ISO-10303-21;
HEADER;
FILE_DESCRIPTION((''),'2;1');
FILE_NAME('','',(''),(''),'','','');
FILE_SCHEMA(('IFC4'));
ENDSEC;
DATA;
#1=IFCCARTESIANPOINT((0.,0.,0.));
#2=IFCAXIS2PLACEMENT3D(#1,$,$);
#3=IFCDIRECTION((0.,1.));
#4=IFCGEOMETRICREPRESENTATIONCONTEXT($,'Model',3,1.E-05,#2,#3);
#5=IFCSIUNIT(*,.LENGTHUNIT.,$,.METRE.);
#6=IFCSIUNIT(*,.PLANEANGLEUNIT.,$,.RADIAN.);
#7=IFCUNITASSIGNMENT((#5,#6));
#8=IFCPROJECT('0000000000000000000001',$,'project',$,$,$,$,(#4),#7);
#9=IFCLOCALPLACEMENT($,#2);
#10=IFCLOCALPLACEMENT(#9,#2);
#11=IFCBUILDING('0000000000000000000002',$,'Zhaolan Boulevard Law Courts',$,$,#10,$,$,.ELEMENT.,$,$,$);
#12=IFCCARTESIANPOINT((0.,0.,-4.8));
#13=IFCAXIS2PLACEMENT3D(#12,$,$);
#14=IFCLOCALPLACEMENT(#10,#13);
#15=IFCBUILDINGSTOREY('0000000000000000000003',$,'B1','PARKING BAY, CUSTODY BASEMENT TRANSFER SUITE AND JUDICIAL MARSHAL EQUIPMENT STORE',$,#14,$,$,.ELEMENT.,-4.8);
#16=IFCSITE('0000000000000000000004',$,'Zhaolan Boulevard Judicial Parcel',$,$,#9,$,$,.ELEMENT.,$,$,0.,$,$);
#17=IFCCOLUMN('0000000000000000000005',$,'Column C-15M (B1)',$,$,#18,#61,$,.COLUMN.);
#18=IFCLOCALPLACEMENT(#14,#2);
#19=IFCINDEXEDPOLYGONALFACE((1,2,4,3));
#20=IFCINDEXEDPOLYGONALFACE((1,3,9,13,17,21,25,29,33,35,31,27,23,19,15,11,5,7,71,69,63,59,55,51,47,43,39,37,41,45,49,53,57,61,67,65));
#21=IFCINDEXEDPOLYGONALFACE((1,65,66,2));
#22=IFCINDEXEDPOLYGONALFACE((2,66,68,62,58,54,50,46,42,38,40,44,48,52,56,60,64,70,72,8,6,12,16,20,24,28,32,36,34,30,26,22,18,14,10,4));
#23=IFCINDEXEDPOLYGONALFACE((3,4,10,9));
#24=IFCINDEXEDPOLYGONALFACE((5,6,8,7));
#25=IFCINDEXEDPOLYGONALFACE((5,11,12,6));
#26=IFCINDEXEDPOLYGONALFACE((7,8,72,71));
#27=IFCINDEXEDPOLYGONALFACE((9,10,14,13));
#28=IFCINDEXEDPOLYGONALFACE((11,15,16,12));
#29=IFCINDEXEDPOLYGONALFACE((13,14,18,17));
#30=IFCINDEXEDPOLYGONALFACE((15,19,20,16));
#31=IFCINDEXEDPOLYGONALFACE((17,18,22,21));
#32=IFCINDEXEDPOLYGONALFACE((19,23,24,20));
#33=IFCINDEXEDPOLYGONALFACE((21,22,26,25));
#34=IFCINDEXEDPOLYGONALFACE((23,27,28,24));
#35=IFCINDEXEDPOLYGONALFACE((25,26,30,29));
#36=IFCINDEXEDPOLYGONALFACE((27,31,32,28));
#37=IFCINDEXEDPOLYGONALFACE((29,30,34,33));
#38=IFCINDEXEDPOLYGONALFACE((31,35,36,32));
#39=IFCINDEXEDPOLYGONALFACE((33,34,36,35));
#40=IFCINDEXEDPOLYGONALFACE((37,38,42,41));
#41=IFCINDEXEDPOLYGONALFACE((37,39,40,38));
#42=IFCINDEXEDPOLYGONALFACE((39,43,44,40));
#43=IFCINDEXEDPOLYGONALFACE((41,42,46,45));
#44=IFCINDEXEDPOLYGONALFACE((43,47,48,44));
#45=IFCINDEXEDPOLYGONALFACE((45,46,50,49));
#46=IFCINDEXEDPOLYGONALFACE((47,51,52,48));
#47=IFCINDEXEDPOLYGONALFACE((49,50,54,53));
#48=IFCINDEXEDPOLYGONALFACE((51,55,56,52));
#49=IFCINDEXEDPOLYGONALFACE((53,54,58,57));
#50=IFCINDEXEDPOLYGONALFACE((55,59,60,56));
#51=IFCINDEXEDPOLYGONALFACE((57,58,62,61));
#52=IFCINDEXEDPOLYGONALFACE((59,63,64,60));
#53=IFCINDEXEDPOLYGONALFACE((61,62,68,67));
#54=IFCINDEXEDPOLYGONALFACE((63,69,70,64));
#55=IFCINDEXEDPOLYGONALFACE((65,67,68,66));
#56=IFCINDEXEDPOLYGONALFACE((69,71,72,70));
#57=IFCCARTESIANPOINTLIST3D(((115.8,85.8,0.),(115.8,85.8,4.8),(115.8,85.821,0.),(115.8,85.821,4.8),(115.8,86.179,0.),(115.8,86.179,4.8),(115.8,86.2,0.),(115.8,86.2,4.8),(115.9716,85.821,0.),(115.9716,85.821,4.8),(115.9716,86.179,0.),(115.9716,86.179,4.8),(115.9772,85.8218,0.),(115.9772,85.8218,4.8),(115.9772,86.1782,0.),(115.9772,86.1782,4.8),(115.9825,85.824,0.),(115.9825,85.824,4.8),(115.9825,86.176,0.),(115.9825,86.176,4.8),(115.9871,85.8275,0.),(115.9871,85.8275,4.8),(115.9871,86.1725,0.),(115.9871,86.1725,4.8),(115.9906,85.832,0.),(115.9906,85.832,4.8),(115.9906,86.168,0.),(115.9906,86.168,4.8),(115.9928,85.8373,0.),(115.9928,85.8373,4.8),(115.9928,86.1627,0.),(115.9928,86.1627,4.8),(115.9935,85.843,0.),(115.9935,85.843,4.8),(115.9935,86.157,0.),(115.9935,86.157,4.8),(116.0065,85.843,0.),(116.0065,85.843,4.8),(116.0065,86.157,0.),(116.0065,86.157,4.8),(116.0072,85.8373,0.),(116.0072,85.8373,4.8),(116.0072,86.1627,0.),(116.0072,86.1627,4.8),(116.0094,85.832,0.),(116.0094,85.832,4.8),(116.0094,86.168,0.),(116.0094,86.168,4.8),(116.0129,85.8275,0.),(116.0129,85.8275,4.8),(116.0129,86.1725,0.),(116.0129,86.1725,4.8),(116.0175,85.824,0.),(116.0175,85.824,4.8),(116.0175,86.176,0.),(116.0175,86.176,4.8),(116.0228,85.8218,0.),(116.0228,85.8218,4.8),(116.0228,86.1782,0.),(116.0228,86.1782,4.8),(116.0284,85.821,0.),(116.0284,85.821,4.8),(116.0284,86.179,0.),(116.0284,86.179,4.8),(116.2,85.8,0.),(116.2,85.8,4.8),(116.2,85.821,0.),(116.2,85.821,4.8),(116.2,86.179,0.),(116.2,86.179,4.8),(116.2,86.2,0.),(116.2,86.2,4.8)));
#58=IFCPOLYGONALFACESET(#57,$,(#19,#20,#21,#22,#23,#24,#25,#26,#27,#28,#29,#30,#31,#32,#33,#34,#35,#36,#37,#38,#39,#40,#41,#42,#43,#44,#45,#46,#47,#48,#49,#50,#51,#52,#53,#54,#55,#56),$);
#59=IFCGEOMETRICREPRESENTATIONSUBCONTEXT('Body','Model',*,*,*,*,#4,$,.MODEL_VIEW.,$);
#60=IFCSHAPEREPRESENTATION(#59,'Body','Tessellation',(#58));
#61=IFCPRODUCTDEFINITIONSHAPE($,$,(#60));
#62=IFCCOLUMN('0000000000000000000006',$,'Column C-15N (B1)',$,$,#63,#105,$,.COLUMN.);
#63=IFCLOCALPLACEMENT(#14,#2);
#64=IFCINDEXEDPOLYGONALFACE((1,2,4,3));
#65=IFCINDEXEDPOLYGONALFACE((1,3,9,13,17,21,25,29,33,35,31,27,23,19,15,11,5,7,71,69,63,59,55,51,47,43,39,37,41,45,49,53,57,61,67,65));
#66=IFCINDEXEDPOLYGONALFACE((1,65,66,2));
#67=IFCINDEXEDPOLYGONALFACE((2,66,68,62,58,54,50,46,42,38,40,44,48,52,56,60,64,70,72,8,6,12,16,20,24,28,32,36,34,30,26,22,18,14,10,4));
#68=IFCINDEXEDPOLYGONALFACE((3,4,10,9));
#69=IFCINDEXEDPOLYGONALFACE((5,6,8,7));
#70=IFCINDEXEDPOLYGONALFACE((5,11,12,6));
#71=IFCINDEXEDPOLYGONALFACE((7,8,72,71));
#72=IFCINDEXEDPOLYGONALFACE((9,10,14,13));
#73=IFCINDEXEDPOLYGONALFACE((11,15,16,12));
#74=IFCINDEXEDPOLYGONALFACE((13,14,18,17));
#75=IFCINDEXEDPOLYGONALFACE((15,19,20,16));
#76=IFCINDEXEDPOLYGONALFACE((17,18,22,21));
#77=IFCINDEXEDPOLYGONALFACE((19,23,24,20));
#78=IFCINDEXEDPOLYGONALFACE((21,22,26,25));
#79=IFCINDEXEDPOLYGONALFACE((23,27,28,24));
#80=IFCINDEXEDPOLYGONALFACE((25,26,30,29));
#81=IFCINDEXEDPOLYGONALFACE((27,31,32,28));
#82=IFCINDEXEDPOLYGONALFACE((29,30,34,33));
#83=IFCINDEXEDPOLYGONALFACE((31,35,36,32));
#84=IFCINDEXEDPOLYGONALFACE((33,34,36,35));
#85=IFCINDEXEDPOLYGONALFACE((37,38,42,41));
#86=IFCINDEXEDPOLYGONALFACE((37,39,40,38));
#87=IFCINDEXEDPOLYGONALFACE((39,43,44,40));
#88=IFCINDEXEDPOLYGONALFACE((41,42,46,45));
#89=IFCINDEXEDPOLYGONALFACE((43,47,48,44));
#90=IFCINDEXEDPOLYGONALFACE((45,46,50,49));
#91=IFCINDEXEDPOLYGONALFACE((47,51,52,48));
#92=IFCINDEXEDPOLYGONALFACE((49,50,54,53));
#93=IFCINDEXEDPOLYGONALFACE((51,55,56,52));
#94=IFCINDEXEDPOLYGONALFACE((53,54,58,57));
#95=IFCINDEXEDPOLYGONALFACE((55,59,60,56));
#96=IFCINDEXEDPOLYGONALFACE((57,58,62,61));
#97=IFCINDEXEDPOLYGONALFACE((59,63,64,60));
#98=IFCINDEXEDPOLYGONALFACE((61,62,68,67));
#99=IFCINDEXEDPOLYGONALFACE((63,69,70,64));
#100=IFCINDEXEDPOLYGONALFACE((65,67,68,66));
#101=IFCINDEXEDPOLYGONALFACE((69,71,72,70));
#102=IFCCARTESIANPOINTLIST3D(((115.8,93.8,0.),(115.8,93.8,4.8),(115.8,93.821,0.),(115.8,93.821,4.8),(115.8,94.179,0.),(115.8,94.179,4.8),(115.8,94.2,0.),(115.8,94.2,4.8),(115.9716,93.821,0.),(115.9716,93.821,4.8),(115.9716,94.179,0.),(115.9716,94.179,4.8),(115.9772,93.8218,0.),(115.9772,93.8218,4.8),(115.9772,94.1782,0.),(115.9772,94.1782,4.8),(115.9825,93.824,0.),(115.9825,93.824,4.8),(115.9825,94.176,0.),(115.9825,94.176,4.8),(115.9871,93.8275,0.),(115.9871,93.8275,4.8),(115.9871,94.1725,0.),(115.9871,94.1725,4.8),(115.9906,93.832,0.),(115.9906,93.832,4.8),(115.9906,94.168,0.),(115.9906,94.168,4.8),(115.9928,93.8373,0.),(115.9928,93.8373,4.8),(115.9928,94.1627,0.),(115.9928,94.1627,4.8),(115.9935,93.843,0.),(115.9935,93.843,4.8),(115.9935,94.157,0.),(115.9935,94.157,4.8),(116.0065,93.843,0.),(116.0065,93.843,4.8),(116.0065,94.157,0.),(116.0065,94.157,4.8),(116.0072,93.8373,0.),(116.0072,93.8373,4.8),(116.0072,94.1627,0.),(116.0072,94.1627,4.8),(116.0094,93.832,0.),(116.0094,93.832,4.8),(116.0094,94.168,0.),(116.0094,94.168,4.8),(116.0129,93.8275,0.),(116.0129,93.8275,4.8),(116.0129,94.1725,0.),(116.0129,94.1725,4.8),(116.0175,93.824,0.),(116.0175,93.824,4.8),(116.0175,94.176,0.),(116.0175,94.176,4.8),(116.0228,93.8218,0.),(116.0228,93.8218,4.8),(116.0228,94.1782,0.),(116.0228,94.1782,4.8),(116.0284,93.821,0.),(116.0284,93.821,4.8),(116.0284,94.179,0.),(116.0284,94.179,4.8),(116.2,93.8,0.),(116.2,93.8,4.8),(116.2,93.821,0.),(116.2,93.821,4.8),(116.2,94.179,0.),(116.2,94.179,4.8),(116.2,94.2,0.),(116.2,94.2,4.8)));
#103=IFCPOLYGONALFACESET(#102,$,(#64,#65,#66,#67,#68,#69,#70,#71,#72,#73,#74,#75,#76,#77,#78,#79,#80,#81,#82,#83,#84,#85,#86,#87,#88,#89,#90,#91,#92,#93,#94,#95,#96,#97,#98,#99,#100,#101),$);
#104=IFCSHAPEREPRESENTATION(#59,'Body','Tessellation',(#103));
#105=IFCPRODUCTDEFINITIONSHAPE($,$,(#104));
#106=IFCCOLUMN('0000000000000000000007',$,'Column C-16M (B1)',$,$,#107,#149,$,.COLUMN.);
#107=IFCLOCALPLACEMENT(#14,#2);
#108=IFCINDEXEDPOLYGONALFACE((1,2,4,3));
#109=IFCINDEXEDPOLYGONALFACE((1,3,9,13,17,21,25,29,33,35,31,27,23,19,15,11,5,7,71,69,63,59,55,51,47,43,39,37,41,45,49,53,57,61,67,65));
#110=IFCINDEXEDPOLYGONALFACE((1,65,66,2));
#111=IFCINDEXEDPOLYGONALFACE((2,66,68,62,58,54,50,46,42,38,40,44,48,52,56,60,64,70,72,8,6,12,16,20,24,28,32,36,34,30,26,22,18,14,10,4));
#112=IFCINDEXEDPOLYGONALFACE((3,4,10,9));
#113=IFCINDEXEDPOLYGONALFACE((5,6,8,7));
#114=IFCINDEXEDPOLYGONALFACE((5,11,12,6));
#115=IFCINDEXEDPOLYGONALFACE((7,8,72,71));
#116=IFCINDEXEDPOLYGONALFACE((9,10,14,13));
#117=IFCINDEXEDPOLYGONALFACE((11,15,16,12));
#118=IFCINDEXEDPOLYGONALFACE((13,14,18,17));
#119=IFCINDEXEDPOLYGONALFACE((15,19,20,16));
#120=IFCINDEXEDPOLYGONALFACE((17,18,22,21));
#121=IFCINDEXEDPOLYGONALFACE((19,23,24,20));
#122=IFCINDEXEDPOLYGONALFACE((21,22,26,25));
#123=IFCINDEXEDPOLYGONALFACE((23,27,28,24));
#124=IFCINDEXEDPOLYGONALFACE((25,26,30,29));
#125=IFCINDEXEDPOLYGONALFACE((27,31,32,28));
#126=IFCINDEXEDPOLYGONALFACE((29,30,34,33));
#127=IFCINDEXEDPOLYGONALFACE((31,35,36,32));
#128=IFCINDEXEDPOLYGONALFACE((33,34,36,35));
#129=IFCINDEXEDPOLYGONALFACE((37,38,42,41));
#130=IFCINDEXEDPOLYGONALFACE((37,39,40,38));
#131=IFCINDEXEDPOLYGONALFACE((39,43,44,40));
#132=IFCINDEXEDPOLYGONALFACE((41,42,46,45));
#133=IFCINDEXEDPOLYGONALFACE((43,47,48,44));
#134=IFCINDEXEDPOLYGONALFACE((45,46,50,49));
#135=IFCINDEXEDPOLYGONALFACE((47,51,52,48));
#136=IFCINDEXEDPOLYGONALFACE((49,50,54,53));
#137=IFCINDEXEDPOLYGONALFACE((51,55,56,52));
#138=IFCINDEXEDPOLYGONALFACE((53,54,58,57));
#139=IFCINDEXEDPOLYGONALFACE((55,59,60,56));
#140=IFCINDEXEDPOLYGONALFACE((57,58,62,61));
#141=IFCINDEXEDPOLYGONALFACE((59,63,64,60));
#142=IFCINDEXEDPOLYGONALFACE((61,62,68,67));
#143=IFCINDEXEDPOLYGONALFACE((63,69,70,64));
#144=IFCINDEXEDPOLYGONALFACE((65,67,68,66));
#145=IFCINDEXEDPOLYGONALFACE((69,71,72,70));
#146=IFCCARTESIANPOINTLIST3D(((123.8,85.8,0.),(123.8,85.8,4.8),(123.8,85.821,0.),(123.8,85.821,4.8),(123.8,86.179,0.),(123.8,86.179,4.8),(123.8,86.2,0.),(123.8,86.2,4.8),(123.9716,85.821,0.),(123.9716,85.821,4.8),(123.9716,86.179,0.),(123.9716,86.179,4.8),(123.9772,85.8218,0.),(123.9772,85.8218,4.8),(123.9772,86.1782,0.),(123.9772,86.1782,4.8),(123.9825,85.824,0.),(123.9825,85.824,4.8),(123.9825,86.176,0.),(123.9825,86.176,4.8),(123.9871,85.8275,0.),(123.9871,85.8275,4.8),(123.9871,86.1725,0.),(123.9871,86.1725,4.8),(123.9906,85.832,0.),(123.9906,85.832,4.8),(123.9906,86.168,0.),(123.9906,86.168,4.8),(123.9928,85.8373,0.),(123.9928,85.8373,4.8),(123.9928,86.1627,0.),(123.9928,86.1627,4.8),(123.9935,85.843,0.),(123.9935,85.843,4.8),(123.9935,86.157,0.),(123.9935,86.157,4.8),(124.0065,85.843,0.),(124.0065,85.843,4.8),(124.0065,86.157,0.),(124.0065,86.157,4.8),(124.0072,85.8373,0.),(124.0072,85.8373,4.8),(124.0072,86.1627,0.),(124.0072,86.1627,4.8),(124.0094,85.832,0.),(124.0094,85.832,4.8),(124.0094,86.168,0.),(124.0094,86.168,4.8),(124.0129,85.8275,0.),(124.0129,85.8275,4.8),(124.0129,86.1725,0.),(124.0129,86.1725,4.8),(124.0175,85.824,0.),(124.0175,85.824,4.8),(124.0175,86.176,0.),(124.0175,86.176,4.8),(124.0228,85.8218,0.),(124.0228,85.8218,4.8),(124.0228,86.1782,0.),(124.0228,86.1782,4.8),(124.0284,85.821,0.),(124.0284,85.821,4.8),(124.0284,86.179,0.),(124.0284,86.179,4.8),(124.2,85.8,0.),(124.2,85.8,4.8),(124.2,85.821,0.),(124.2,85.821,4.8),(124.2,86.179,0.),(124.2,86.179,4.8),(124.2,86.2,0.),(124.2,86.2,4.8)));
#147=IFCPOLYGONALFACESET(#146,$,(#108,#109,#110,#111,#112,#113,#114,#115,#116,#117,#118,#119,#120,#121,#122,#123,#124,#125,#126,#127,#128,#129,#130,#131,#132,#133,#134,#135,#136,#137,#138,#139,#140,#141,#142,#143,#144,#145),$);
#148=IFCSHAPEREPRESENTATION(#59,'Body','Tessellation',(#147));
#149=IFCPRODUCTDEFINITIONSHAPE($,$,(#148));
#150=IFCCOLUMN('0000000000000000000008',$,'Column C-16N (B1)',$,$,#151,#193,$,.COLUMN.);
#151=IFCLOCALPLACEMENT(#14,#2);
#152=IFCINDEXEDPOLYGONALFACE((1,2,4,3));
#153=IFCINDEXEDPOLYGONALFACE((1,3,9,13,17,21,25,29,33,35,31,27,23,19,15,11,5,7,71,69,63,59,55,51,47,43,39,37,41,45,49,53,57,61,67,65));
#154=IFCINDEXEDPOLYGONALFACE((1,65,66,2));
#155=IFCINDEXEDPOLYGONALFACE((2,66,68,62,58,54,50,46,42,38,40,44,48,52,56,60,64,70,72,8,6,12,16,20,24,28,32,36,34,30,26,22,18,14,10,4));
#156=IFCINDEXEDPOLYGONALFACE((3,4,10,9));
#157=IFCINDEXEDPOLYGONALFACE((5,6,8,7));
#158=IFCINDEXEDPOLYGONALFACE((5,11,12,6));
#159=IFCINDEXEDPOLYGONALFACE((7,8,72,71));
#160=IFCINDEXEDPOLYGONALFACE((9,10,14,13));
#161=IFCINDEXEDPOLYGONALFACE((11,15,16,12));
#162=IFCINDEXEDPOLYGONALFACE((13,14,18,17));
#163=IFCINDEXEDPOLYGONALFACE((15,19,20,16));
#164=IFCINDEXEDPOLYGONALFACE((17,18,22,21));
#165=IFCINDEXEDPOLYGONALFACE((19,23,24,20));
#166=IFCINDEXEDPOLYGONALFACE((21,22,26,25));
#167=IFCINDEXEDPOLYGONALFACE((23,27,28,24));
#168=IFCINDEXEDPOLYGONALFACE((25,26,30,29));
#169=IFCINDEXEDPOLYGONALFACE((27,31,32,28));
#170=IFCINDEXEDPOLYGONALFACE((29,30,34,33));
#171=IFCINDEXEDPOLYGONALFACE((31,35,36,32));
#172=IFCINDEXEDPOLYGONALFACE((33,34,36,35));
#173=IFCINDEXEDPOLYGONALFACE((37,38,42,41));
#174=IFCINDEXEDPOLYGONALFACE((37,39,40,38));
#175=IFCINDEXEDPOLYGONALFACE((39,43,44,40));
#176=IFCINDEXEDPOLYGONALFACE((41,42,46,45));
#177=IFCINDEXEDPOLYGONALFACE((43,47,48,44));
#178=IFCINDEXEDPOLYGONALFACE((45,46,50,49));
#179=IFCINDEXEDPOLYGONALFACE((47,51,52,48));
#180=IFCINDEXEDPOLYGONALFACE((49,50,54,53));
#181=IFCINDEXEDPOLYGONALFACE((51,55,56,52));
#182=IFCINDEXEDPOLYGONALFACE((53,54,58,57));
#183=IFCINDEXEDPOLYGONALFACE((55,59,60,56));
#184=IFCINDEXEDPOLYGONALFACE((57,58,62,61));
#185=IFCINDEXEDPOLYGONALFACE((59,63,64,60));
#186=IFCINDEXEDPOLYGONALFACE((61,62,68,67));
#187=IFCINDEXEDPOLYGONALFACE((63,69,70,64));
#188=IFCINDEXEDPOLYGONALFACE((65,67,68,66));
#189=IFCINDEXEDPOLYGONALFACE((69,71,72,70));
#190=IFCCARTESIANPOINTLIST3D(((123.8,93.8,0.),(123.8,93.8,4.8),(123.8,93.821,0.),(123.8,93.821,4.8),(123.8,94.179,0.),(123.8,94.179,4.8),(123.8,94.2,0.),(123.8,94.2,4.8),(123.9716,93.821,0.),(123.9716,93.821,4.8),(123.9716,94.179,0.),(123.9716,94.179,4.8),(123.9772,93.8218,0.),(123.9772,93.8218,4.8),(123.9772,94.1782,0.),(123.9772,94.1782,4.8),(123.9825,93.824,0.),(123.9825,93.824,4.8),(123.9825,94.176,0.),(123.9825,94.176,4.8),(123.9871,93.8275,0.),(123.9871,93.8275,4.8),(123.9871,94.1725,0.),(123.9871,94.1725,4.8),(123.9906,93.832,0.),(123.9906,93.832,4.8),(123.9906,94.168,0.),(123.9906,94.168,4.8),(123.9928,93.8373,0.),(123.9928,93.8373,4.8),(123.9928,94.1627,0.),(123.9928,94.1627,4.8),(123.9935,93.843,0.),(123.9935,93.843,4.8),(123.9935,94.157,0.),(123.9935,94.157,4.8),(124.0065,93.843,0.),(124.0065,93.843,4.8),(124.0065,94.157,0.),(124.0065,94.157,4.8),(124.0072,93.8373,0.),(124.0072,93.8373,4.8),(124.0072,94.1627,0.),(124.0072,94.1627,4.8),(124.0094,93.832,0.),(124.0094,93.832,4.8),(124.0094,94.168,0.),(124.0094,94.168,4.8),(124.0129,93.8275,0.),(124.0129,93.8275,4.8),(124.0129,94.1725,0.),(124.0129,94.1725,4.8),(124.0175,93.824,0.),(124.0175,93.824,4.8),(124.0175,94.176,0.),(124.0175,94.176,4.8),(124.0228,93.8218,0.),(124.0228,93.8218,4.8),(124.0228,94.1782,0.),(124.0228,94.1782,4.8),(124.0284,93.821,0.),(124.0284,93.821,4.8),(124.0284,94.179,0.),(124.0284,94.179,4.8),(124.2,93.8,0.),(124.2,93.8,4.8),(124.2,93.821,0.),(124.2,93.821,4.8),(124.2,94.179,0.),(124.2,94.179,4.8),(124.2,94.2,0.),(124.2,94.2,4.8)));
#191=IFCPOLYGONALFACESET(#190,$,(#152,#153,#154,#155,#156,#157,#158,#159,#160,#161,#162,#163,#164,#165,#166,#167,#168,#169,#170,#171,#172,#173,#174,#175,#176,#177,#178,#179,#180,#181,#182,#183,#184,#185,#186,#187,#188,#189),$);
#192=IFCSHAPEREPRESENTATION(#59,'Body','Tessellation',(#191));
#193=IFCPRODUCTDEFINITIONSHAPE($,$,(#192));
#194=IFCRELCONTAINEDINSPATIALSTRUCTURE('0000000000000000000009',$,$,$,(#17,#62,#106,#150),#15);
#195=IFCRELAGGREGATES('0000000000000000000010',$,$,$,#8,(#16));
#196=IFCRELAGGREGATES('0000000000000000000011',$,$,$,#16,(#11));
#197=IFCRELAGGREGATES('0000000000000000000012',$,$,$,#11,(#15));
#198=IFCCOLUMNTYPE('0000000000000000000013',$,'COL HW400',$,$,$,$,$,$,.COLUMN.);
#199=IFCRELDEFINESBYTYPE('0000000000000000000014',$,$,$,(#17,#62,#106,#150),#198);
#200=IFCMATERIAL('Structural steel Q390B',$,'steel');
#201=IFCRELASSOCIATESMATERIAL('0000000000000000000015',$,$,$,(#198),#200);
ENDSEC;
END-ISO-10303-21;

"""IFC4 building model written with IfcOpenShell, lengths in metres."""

from ifc_helpers import new_model, si_unit, direction, frame, origin, origin_2d, place, context, subcontext, project, spatial, i_section, extrude, material, material_profile, profile_set, type_object, element, save


model = new_model("IFC4")

# Units and contexts
model_context = context("Model", 3, precision=1e-05, world=origin(), true_north=direction((0.0, 1.0)))
body_context = subcontext(model_context, "Body", "Model", "MODEL_VIEW")
ifc_project = project(units=[si_unit("LENGTHUNIT", "METRE"), si_unit("PLANEANGLEUNIT", "RADIAN")], contexts=[model_context])

# Site, building, storey
site_placement = place(None, origin())
site = spatial("IfcSite", under=ifc_project, at=site_placement, Name="Zhaolan Boulevard Judicial Parcel", CompositionType="ELEMENT", RefElevation=0.0)
building_placement = place(site_placement, origin())
building = spatial("IfcBuilding", under=site, at=building_placement, Name="Zhaolan Boulevard Law Courts", CompositionType="ELEMENT")
storey_placement = place(building_placement, frame((0.0, 0.0, -4.8)))
storey = spatial("IfcBuildingStorey", under=building, at=storey_placement, Name="B1", Description="PARKING BAY, CUSTODY BASEMENT TRANSFER SUITE AND JUDICIAL MARSHAL EQUIPMENT STORE", CompositionType="ELEMENT", Elevation=-4.8)

# Columns
ifc_material_1 = material(Name="Structural steel Q390B", Category="steel")
ifc_material_profile_1 = material_profile(ifc_material_1, i_section(OverallWidth=0.3999, OverallDepth=0.3999, WebThickness=0.0129, FlangeThickness=0.021, FilletRadius=0.022, at=origin_2d()), Name="HW400x400")
ifc_profile_set_1 = profile_set([ifc_material_profile_1], Name="Structural steel Q390B")
column_type = type_object("IfcColumnType", Name="COL HW400", PredefinedType="COLUMN", material=ifc_profile_set_1)
for number, where, z_axis, x_axis, name in (
    (1, (116.0, 86.0, 0.0), (0.0, 0.0, 1.0), (1.0, 0.0, 0.0), "Column C-15M (B1)"),
    (2, (116.0, 94.0, 0.0), (0.0, 0.0, 1.0), (1.0, 0.0, 0.0), "Column C-15N (B1)"),
    (3, (124.0, 86.0, 0.0), (0.0, 0.0, 1.0), (1.0, 0.0, 0.0), "Column C-16M (B1)"),
    (4, (124.0, 94.0, 0.0), (0.0, 0.0, 1.0), (1.0, 0.0, 0.0), "Column C-16N (B1)"),
):
    element("IfcColumn", number, at=place(storey_placement, frame(where, z_axis=z_axis, x_axis=x_axis)), inside=storey, type_object=column_type, Name=name, PredefinedType="COLUMN", context=body_context, shape_type="SweptSolid", body=[
        extrude(i_section(OverallWidth=0.3999, OverallDepth=0.3999, WebThickness=0.0129, FlangeThickness=0.021, FilletRadius=0.022, at=origin_2d()), origin(), (0.0, 0.0, 1.0), 4.8),
    ])

save(model, "model.ifc")
